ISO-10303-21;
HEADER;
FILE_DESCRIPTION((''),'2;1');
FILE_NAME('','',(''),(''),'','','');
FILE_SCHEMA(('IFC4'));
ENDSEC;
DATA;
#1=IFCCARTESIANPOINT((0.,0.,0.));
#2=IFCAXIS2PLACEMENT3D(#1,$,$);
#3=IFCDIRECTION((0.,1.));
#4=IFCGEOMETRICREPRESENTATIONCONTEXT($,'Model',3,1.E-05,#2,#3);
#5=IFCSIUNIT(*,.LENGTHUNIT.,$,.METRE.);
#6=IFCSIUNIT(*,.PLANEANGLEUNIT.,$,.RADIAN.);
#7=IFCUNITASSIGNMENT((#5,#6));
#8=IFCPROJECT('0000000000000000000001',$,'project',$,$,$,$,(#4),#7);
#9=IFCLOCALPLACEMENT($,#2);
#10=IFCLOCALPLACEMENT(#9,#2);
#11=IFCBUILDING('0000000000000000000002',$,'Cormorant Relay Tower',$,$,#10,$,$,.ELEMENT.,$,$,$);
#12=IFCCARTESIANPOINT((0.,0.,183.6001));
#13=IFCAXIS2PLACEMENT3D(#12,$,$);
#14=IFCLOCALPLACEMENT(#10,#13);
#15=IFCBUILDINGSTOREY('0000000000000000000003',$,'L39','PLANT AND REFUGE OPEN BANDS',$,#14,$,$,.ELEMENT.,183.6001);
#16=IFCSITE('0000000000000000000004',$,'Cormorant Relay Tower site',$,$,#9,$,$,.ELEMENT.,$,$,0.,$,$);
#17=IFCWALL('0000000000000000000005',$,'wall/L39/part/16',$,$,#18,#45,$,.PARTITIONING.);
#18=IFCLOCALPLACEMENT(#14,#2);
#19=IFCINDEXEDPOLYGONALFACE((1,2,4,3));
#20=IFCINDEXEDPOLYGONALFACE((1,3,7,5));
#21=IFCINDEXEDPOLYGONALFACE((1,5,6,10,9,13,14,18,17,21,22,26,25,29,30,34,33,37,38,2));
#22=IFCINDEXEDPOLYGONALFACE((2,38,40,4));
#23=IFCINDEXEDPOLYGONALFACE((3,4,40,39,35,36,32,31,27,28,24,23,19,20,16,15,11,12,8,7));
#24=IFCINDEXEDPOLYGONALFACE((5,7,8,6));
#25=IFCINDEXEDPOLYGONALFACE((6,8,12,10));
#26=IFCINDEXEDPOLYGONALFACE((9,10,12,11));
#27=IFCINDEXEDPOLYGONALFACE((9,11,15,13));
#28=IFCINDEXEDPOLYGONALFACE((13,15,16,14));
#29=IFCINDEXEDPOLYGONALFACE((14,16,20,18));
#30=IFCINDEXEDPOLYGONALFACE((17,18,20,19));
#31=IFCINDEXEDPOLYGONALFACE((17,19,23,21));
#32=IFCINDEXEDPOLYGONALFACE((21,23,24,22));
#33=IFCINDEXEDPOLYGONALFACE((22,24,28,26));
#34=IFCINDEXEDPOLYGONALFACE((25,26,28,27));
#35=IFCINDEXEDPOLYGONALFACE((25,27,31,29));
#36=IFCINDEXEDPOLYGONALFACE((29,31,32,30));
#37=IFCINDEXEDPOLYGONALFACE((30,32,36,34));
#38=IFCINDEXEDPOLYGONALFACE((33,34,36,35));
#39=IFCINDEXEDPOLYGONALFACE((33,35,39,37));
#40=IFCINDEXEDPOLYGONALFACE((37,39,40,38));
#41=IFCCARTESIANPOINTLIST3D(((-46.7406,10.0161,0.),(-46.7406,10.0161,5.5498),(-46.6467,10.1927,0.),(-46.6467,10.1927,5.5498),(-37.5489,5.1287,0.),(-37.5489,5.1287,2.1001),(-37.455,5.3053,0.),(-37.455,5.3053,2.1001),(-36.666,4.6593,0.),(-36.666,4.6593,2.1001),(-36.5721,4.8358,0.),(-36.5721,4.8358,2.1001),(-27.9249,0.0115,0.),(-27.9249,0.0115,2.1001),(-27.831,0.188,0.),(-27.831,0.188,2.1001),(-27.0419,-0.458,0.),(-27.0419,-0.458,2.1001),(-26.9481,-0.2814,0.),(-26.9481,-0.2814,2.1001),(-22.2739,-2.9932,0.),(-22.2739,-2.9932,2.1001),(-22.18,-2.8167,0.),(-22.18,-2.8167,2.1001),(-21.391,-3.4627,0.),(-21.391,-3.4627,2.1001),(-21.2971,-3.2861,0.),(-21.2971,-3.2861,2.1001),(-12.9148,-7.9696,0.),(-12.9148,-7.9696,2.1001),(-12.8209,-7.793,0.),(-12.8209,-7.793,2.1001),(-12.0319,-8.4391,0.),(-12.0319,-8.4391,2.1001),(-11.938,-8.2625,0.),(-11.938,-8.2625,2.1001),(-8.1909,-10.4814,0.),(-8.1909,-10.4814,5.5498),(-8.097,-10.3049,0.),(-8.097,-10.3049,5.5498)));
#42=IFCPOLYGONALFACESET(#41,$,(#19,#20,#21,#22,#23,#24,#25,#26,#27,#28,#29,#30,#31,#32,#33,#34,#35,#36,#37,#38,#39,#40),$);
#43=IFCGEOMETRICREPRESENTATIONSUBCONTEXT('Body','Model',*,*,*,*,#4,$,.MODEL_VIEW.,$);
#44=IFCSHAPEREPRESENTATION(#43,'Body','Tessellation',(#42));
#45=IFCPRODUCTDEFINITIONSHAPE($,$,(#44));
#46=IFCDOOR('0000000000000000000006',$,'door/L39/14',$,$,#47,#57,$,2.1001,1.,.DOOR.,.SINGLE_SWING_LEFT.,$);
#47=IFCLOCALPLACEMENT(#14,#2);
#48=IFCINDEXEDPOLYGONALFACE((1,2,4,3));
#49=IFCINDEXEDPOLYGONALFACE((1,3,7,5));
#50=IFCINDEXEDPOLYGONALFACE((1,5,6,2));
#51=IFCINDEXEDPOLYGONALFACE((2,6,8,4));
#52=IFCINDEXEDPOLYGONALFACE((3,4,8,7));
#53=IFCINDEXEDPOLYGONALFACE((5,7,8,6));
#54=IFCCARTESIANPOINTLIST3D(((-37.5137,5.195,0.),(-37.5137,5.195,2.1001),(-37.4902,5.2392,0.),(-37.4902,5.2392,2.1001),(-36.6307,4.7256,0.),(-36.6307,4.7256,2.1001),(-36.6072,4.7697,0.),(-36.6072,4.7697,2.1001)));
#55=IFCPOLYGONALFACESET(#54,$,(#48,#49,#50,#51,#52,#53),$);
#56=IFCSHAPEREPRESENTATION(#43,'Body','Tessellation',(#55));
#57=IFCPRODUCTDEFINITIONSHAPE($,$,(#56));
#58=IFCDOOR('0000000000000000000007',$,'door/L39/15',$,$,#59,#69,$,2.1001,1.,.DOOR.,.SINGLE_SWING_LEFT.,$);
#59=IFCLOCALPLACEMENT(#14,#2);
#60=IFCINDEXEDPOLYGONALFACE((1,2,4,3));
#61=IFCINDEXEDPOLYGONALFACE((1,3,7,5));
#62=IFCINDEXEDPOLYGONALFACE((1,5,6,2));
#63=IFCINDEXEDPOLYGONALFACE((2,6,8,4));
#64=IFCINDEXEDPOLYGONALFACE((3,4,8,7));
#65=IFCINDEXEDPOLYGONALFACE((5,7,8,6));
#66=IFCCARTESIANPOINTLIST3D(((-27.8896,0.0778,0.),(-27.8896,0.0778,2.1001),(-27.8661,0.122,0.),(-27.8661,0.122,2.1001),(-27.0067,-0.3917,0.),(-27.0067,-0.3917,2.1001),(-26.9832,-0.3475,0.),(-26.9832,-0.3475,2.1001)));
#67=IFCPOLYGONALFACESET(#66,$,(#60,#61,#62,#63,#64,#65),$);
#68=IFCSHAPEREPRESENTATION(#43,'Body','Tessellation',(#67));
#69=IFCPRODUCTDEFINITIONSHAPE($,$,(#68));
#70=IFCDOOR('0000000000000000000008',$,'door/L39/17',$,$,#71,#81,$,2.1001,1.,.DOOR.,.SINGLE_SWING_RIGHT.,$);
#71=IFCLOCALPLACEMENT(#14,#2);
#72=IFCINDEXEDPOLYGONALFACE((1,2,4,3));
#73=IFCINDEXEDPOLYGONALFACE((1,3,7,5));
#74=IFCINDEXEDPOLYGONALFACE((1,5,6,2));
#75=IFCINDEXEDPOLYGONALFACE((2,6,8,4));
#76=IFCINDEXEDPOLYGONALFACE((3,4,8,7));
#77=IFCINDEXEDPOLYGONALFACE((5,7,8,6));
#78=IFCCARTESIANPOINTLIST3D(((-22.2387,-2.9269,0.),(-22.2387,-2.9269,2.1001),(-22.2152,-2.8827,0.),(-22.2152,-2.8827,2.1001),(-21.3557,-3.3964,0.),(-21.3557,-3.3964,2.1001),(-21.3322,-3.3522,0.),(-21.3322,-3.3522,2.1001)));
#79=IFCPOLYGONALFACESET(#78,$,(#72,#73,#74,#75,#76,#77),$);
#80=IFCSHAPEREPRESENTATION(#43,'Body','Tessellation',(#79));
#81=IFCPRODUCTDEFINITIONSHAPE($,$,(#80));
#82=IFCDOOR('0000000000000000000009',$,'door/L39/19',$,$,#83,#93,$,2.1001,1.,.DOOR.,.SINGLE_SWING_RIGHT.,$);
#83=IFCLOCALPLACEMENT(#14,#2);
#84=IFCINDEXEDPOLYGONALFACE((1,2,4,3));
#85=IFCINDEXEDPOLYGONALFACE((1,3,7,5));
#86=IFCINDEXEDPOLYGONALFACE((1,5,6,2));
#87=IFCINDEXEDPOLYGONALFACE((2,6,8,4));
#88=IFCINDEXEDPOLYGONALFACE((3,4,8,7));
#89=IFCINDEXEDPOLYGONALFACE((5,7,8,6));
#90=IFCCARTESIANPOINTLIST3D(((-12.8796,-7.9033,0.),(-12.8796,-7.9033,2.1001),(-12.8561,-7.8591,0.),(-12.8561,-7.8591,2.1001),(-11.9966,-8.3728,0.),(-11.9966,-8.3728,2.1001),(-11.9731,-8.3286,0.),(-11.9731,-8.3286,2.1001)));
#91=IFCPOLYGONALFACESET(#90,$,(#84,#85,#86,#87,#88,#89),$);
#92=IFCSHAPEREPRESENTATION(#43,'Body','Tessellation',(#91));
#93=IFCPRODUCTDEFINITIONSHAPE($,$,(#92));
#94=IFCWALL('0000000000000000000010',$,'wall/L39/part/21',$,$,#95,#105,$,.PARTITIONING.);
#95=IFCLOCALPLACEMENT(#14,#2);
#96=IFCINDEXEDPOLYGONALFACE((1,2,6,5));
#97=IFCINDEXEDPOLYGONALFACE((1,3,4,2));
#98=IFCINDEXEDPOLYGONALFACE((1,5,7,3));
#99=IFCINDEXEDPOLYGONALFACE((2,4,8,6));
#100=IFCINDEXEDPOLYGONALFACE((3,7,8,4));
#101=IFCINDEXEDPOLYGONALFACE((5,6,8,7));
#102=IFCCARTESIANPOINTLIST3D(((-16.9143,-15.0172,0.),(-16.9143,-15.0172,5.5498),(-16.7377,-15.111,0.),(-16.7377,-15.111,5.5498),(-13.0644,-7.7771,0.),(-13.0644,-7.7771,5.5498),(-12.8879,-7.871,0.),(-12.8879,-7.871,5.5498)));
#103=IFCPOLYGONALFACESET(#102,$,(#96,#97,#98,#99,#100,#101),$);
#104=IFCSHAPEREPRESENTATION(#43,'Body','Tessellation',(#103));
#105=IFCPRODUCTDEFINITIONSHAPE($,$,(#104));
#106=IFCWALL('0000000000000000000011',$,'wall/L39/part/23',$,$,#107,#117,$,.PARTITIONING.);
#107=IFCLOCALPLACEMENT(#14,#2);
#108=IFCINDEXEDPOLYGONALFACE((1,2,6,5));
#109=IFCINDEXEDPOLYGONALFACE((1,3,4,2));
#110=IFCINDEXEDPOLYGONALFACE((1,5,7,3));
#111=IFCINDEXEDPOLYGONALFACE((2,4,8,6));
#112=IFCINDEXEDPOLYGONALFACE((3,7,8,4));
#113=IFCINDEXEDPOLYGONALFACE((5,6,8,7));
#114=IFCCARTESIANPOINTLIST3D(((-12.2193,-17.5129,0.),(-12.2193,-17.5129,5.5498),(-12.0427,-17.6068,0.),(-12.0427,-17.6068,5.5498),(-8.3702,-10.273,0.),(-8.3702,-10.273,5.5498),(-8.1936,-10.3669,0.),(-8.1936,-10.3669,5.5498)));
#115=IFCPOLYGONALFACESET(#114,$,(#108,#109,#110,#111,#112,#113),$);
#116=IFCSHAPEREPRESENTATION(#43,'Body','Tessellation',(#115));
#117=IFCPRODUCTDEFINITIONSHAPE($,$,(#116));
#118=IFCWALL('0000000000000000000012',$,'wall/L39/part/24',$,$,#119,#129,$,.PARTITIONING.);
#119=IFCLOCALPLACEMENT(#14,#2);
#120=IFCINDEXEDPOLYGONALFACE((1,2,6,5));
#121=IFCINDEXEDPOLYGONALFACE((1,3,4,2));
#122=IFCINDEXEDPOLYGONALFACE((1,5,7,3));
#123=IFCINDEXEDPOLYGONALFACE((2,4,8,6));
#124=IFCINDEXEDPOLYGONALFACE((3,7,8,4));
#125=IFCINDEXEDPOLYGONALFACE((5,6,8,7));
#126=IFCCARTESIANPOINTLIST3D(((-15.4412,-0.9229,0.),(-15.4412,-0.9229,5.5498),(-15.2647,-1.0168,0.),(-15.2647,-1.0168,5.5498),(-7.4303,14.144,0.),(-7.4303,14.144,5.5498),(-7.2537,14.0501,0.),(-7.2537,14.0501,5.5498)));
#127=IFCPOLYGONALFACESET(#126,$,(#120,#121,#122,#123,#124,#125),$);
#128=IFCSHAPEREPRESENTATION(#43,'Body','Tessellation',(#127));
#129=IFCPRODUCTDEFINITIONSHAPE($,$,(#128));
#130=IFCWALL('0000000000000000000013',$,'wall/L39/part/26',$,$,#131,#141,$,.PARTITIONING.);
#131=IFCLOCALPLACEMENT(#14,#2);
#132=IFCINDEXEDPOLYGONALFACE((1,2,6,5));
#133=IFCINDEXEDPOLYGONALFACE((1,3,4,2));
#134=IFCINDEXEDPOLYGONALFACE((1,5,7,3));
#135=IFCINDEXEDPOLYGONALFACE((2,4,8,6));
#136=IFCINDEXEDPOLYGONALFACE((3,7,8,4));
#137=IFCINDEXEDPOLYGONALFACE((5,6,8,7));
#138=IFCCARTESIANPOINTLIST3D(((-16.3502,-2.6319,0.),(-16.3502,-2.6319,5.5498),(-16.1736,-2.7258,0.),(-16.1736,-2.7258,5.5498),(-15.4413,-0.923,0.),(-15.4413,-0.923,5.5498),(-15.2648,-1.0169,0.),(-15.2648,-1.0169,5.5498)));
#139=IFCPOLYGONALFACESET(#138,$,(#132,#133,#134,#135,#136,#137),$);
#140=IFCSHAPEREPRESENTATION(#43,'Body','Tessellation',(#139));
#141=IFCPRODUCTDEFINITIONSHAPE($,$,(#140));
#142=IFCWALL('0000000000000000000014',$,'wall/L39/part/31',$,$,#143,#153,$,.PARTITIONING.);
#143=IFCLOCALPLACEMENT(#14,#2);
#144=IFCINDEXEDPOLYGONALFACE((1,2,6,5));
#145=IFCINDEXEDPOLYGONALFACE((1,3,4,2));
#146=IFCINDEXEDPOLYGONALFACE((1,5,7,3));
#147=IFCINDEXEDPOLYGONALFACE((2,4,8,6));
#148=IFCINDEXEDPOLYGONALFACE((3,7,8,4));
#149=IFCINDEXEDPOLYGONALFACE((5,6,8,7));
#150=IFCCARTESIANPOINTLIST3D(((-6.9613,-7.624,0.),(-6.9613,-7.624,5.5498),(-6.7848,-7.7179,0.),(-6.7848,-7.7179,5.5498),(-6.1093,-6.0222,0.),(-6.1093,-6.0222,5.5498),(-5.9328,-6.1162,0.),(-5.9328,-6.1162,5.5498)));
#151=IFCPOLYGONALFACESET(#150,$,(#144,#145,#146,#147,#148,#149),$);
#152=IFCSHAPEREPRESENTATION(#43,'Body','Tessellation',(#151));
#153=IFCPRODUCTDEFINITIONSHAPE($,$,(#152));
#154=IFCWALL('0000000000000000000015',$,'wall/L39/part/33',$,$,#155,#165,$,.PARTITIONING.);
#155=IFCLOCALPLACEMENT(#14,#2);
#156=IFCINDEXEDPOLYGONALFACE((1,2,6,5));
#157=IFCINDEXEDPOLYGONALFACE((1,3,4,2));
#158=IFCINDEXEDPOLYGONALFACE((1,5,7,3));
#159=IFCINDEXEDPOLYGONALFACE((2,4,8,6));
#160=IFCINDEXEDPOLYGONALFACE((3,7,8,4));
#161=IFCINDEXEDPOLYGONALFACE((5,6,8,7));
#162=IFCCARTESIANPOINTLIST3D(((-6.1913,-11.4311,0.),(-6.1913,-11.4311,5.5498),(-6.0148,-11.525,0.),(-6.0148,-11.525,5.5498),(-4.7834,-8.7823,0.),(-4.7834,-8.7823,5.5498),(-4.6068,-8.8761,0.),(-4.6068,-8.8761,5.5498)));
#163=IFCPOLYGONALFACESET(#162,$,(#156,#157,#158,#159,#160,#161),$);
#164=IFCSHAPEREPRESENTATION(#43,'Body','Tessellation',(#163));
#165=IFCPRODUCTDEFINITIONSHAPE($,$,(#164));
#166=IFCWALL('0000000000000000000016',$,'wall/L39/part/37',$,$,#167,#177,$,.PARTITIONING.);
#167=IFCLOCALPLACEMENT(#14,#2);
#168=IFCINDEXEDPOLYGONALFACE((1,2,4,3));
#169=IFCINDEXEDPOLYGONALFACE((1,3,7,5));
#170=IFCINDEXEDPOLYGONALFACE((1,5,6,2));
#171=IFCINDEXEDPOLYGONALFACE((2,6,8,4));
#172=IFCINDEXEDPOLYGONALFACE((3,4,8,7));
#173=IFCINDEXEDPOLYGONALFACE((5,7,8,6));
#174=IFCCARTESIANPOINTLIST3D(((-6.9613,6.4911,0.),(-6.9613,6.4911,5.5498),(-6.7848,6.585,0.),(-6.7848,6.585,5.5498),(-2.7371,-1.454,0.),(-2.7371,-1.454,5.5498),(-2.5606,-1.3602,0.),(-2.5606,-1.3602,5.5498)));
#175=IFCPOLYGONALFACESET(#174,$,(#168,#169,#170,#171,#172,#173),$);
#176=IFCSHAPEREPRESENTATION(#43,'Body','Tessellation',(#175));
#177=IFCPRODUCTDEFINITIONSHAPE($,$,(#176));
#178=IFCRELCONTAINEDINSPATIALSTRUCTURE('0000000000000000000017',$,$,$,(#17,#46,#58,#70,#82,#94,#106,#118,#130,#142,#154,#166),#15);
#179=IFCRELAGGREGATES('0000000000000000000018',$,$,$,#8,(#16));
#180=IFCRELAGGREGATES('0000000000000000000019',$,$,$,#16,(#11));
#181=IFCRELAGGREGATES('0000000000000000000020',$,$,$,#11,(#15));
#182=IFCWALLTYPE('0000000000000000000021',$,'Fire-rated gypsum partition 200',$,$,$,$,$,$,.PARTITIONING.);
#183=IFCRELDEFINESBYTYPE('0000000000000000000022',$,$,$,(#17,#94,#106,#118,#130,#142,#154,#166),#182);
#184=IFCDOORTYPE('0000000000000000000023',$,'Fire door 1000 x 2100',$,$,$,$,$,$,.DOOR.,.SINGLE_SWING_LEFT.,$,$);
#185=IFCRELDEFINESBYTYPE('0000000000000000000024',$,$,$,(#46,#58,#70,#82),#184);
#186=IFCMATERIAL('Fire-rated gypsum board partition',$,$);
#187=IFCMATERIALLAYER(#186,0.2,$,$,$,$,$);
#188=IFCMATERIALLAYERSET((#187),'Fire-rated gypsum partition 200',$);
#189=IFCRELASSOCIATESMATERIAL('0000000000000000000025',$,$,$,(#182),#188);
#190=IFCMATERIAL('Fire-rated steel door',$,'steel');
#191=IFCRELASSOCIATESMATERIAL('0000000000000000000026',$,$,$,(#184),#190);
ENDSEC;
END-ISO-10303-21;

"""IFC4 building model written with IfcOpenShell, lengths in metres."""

from ifc_helpers import new_model, si_unit, direction, frame, frame_2d, origin, place, context, subcontext, project, spatial, rectangle, extrude, material, layer, layer_set, type_object, element, fill, save


model = new_model("IFC4")

# Units and contexts
model_context = context("Model", 3, precision=1e-05, world=origin(), true_north=direction((0.0, 1.0)))
body_context = subcontext(model_context, "Body", "Model", "MODEL_VIEW")
ifc_project = project(units=[si_unit("LENGTHUNIT", "METRE"), si_unit("PLANEANGLEUNIT", "RADIAN")], contexts=[model_context])

# Site, building, storey
site_placement = place(None, origin())
site = spatial("IfcSite", under=ifc_project, at=site_placement, Name="Cormorant Relay Tower site", CompositionType="ELEMENT", RefElevation=0.0)
building_placement = place(site_placement, origin())
building = spatial("IfcBuilding", under=site, at=building_placement, Name="Cormorant Relay Tower", CompositionType="ELEMENT")
storey_placement = place(building_placement, frame((0.0, 0.0, 183.6001)))
storey = spatial("IfcBuildingStorey", under=building, at=storey_placement, Name="L39", Description="PLANT AND REFUGE OPEN BANDS", CompositionType="ELEMENT", Elevation=183.6001)

# Wall, openings, doors
ifc_material_1 = material(Name="Fire-rated gypsum board partition")
ifc_layer_1 = layer(ifc_material_1, 0.2)
ifc_layer_set_1 = layer_set([ifc_layer_1], Name="Fire-rated gypsum partition 200")
wall_type = type_object("IfcWallType", Name="Fire-rated gypsum partition 200", PredefinedType="PARTITIONING", material=ifc_layer_set_1)
wall_1_placement = place(storey_placement, frame((-8.144, -10.3931, 0.0), z_axis=(0.0, 0.0, 1.0), x_axis=(-0.882945, 0.469476, 0.0)))
wall_1 = element("IfcWall", 1, at=wall_1_placement, inside=storey, type_object=wall_type, Name="wall/L39/part/16", PredefinedType="PARTITIONING", context=body_context, shape_type="SweptSolid", body=[
    extrude(rectangle(XDim=43.6604, YDim=0.2, at=frame_2d((21.8301, 0.0))), origin(), (0.0, 0.0, 1.0), 5.5498),
])
opening_1_placement = place(wall_1_placement, frame((32.25, 0.0, 0.0)))
opening_1 = element("IfcOpeningElement", 2, at=opening_1_placement, cuts=wall_1, PredefinedType="OPENING", context=body_context, shape_type="SweptSolid", body=[
    extrude(rectangle(XDim=1.0, YDim=2.1001, at=frame_2d((0.5, 1.05))), frame((0.0, 0.1099, 0.0), z_axis=(0.0, -1.0, 0.0), x_axis=(1.0, 0.0, 0.0)), (0.0, 0.0, 1.0), 0.22),
])
opening_2_placement = place(wall_1_placement, frame((21.3501, 0.0, 0.0)))
opening_2 = element("IfcOpeningElement", 3, at=opening_2_placement, cuts=wall_1, PredefinedType="OPENING", context=body_context, shape_type="SweptSolid", body=[
    extrude(rectangle(XDim=1.0, YDim=2.1001, at=frame_2d((0.5, 1.05))), frame((0.0, 0.1099, 0.0), z_axis=(0.0, -1.0, 0.0), x_axis=(1.0, 0.0, 0.0)), (0.0, 0.0, 1.0), 0.22),
])
opening_3_placement = place(wall_1_placement, frame((14.95, 0.0, 0.0)))
opening_3 = element("IfcOpeningElement", 4, at=opening_3_placement, cuts=wall_1, PredefinedType="OPENING", context=body_context, shape_type="SweptSolid", body=[
    extrude(rectangle(XDim=1.0, YDim=2.1001, at=frame_2d((0.5, 1.05))), frame((0.0, 0.1099, 0.0), z_axis=(0.0, -1.0, 0.0), x_axis=(1.0, 0.0, 0.0)), (0.0, 0.0, 1.0), 0.22),
])
opening_4_placement = place(wall_1_placement, frame((4.3501, 0.0, 0.0)))
opening_4 = element("IfcOpeningElement", 5, at=opening_4_placement, cuts=wall_1, PredefinedType="OPENING", context=body_context, shape_type="SweptSolid", body=[
    extrude(rectangle(XDim=1.0, YDim=2.1001, at=frame_2d((0.5, 1.05))), frame((0.0, 0.1099, 0.0), z_axis=(0.0, -1.0, 0.0), x_axis=(1.0, 0.0, 0.0)), (0.0, 0.0, 1.0), 0.22),
])
ifc_material_2 = material(Name="Fire-rated steel door", Category="steel")
door_type = type_object("IfcDoorType", Name="Fire door 1000 x 2100", OperationType="SINGLE_SWING_LEFT", PredefinedType="DOOR", material=ifc_material_2)
door_1_placement = place(opening_1_placement, origin())
door_1 = element("IfcDoor", 6, at=door_1_placement, inside=storey, type_object=door_type, Name="door/L39/14", OperationType="SINGLE_SWING_LEFT", OverallHeight=2.1001, OverallWidth=1.0, PredefinedType="DOOR", context=body_context, shape_type="SweptSolid", body=[
    extrude(rectangle(XDim=1.0, YDim=2.1001, at=frame_2d((0.5, 1.05))), frame((0.0, 0.0249, 0.0), z_axis=(0.0, -1.0, 0.0), x_axis=(1.0, 0.0, 0.0)), (0.0, 0.0, 1.0), 0.05),
])
fill(opening_1, door_1)
door_2_placement = place(opening_2_placement, origin())
door_2 = element("IfcDoor", 7, at=door_2_placement, inside=storey, type_object=door_type, Name="door/L39/15", OperationType="SINGLE_SWING_LEFT", OverallHeight=2.1001, OverallWidth=1.0, PredefinedType="DOOR", context=body_context, shape_type="SweptSolid", body=[
    extrude(rectangle(XDim=1.0, YDim=2.1001, at=frame_2d((0.5, 1.05))), frame((0.0, 0.0249, 0.0), z_axis=(0.0, -1.0, 0.0), x_axis=(1.0, 0.0, 0.0)), (0.0, 0.0, 1.0), 0.05),
])
fill(opening_2, door_2)
door_3_placement = place(opening_3_placement, origin())
door_3 = element("IfcDoor", 8, at=door_3_placement, inside=storey, type_object=door_type, Name="door/L39/17", OperationType="SINGLE_SWING_RIGHT", OverallHeight=2.1001, OverallWidth=1.0, PredefinedType="DOOR", context=body_context, shape_type="SweptSolid", body=[
    extrude(rectangle(XDim=1.0, YDim=2.1001, at=frame_2d((0.5, 1.05))), frame((0.0, 0.0249, 0.0), z_axis=(0.0, -1.0, 0.0), x_axis=(1.0, 0.0, 0.0)), (0.0, 0.0, 1.0), 0.05),
])
fill(opening_3, door_3)
door_4_placement = place(opening_4_placement, origin())
door_4 = element("IfcDoor", 9, at=door_4_placement, inside=storey, type_object=door_type, Name="door/L39/19", OperationType="SINGLE_SWING_RIGHT", OverallHeight=2.1001, OverallWidth=1.0, PredefinedType="DOOR", context=body_context, shape_type="SweptSolid", body=[
    extrude(rectangle(XDim=1.0, YDim=2.1001, at=frame_2d((0.5, 1.05))), frame((0.0, 0.0249, 0.0), z_axis=(0.0, -1.0, 0.0), x_axis=(1.0, 0.0, 0.0)), (0.0, 0.0, 1.0), 0.05),
])
fill(opening_4, door_4)

# Walls
wall_2_placement = place(storey_placement, frame((-12.9761, -7.824, 0.0), z_axis=(0.0, 0.0, 1.0), x_axis=(-0.469498, -0.882933, 0.0)))
element("IfcWall", 10, at=wall_2_placement, inside=storey, type_object=wall_type, Name="wall/L39/part/21", PredefinedType="PARTITIONING", context=body_context, shape_type="SweptSolid", body=[
    extrude(rectangle(XDim=8.2, YDim=0.2, at=frame_2d((4.1001, 0.0))), origin(), (0.0, 0.0, 1.0), 5.5498),
])
wall_3_placement = place(storey_placement, frame((-8.282, -10.3201, 0.0), z_axis=(0.0, 0.0, 1.0), x_axis=(-0.469429, -0.88297, 0.0)))
element("IfcWall", 11, at=wall_3_placement, inside=storey, type_object=wall_type, Name="wall/L39/part/23", PredefinedType="PARTITIONING", context=body_context, shape_type="SweptSolid", body=[
    extrude(rectangle(XDim=8.1995, YDim=0.2, at=frame_2d((4.0996, 0.0))), origin(), (0.0, 0.0, 1.0), 5.5498),
])
wall_4_placement = place(storey_placement, frame((-15.353, -0.97, 0.0), z_axis=(0.0, 0.0, 1.0), x_axis=(0.469461, 0.882953, 0.0)))
element("IfcWall", 12, at=wall_4_placement, inside=storey, type_object=wall_type, Name="wall/L39/part/24", PredefinedType="PARTITIONING", context=body_context, shape_type="SweptSolid", body=[
    extrude(rectangle(XDim=17.0642, YDim=0.2, at=frame_2d((8.5322, 0.0))), origin(), (0.0, 0.0, 1.0), 5.5498),
])
wall_5_placement = place(storey_placement, frame((-15.353, -0.97, 0.0), z_axis=(0.0, 0.0, 1.0), x_axis=(-0.469573, -0.882894, 0.0)))
element("IfcWall", 13, at=wall_5_placement, inside=storey, type_object=wall_type, Name="wall/L39/part/26", PredefinedType="PARTITIONING", context=body_context, shape_type="SweptSolid", body=[
    extrude(rectangle(XDim=1.9355, YDim=0.2, at=frame_2d((0.9678, 0.0))), origin(), (0.0, 0.0, 1.0), 5.5498),
])
wall_6_placement = place(storey_placement, frame((-6.021, -6.0691, 0.0), z_axis=(0.0, 0.0, 1.0), x_axis=(-0.469624, -0.882866, 0.0)))
element("IfcWall", 14, at=wall_6_placement, inside=storey, type_object=wall_type, Name="wall/L39/part/31", PredefinedType="PARTITIONING", context=body_context, shape_type="SweptSolid", body=[
    extrude(rectangle(XDim=1.8142, YDim=0.2, at=frame_2d((0.9072, 0.0))), origin(), (0.0, 0.0, 1.0), 5.5498),
])
wall_7_placement = place(storey_placement, frame((-4.6951, -8.8291, 0.0), z_axis=(0.0, 0.0, 1.0), x_axis=(-0.469342, -0.883017, 0.0)))
element("IfcWall", 15, at=wall_7_placement, inside=storey, type_object=wall_type, Name="wall/L39/part/33", PredefinedType="PARTITIONING", context=body_context, shape_type="SweptSolid", body=[
    extrude(rectangle(XDim=2.9998, YDim=0.2, at=frame_2d((1.5, 0.0))), origin(), (0.0, 0.0, 1.0), 5.5498),
])
wall_8_placement = place(storey_placement, frame((-2.6489, -1.407, 0.0), z_axis=(0.0, 0.0, 1.0), x_axis=(-0.469442, 0.882964, 0.0)))
element("IfcWall", 16, at=wall_8_placement, inside=storey, type_object=wall_type, Name="wall/L39/part/37", PredefinedType="PARTITIONING", context=body_context, shape_type="SweptSolid", body=[
    extrude(rectangle(XDim=8.9983, YDim=0.2, at=frame_2d((4.499, 0.0))), origin(), (0.0, 0.0, 1.0), 5.5498),
])

save(model, "model.ifc")
